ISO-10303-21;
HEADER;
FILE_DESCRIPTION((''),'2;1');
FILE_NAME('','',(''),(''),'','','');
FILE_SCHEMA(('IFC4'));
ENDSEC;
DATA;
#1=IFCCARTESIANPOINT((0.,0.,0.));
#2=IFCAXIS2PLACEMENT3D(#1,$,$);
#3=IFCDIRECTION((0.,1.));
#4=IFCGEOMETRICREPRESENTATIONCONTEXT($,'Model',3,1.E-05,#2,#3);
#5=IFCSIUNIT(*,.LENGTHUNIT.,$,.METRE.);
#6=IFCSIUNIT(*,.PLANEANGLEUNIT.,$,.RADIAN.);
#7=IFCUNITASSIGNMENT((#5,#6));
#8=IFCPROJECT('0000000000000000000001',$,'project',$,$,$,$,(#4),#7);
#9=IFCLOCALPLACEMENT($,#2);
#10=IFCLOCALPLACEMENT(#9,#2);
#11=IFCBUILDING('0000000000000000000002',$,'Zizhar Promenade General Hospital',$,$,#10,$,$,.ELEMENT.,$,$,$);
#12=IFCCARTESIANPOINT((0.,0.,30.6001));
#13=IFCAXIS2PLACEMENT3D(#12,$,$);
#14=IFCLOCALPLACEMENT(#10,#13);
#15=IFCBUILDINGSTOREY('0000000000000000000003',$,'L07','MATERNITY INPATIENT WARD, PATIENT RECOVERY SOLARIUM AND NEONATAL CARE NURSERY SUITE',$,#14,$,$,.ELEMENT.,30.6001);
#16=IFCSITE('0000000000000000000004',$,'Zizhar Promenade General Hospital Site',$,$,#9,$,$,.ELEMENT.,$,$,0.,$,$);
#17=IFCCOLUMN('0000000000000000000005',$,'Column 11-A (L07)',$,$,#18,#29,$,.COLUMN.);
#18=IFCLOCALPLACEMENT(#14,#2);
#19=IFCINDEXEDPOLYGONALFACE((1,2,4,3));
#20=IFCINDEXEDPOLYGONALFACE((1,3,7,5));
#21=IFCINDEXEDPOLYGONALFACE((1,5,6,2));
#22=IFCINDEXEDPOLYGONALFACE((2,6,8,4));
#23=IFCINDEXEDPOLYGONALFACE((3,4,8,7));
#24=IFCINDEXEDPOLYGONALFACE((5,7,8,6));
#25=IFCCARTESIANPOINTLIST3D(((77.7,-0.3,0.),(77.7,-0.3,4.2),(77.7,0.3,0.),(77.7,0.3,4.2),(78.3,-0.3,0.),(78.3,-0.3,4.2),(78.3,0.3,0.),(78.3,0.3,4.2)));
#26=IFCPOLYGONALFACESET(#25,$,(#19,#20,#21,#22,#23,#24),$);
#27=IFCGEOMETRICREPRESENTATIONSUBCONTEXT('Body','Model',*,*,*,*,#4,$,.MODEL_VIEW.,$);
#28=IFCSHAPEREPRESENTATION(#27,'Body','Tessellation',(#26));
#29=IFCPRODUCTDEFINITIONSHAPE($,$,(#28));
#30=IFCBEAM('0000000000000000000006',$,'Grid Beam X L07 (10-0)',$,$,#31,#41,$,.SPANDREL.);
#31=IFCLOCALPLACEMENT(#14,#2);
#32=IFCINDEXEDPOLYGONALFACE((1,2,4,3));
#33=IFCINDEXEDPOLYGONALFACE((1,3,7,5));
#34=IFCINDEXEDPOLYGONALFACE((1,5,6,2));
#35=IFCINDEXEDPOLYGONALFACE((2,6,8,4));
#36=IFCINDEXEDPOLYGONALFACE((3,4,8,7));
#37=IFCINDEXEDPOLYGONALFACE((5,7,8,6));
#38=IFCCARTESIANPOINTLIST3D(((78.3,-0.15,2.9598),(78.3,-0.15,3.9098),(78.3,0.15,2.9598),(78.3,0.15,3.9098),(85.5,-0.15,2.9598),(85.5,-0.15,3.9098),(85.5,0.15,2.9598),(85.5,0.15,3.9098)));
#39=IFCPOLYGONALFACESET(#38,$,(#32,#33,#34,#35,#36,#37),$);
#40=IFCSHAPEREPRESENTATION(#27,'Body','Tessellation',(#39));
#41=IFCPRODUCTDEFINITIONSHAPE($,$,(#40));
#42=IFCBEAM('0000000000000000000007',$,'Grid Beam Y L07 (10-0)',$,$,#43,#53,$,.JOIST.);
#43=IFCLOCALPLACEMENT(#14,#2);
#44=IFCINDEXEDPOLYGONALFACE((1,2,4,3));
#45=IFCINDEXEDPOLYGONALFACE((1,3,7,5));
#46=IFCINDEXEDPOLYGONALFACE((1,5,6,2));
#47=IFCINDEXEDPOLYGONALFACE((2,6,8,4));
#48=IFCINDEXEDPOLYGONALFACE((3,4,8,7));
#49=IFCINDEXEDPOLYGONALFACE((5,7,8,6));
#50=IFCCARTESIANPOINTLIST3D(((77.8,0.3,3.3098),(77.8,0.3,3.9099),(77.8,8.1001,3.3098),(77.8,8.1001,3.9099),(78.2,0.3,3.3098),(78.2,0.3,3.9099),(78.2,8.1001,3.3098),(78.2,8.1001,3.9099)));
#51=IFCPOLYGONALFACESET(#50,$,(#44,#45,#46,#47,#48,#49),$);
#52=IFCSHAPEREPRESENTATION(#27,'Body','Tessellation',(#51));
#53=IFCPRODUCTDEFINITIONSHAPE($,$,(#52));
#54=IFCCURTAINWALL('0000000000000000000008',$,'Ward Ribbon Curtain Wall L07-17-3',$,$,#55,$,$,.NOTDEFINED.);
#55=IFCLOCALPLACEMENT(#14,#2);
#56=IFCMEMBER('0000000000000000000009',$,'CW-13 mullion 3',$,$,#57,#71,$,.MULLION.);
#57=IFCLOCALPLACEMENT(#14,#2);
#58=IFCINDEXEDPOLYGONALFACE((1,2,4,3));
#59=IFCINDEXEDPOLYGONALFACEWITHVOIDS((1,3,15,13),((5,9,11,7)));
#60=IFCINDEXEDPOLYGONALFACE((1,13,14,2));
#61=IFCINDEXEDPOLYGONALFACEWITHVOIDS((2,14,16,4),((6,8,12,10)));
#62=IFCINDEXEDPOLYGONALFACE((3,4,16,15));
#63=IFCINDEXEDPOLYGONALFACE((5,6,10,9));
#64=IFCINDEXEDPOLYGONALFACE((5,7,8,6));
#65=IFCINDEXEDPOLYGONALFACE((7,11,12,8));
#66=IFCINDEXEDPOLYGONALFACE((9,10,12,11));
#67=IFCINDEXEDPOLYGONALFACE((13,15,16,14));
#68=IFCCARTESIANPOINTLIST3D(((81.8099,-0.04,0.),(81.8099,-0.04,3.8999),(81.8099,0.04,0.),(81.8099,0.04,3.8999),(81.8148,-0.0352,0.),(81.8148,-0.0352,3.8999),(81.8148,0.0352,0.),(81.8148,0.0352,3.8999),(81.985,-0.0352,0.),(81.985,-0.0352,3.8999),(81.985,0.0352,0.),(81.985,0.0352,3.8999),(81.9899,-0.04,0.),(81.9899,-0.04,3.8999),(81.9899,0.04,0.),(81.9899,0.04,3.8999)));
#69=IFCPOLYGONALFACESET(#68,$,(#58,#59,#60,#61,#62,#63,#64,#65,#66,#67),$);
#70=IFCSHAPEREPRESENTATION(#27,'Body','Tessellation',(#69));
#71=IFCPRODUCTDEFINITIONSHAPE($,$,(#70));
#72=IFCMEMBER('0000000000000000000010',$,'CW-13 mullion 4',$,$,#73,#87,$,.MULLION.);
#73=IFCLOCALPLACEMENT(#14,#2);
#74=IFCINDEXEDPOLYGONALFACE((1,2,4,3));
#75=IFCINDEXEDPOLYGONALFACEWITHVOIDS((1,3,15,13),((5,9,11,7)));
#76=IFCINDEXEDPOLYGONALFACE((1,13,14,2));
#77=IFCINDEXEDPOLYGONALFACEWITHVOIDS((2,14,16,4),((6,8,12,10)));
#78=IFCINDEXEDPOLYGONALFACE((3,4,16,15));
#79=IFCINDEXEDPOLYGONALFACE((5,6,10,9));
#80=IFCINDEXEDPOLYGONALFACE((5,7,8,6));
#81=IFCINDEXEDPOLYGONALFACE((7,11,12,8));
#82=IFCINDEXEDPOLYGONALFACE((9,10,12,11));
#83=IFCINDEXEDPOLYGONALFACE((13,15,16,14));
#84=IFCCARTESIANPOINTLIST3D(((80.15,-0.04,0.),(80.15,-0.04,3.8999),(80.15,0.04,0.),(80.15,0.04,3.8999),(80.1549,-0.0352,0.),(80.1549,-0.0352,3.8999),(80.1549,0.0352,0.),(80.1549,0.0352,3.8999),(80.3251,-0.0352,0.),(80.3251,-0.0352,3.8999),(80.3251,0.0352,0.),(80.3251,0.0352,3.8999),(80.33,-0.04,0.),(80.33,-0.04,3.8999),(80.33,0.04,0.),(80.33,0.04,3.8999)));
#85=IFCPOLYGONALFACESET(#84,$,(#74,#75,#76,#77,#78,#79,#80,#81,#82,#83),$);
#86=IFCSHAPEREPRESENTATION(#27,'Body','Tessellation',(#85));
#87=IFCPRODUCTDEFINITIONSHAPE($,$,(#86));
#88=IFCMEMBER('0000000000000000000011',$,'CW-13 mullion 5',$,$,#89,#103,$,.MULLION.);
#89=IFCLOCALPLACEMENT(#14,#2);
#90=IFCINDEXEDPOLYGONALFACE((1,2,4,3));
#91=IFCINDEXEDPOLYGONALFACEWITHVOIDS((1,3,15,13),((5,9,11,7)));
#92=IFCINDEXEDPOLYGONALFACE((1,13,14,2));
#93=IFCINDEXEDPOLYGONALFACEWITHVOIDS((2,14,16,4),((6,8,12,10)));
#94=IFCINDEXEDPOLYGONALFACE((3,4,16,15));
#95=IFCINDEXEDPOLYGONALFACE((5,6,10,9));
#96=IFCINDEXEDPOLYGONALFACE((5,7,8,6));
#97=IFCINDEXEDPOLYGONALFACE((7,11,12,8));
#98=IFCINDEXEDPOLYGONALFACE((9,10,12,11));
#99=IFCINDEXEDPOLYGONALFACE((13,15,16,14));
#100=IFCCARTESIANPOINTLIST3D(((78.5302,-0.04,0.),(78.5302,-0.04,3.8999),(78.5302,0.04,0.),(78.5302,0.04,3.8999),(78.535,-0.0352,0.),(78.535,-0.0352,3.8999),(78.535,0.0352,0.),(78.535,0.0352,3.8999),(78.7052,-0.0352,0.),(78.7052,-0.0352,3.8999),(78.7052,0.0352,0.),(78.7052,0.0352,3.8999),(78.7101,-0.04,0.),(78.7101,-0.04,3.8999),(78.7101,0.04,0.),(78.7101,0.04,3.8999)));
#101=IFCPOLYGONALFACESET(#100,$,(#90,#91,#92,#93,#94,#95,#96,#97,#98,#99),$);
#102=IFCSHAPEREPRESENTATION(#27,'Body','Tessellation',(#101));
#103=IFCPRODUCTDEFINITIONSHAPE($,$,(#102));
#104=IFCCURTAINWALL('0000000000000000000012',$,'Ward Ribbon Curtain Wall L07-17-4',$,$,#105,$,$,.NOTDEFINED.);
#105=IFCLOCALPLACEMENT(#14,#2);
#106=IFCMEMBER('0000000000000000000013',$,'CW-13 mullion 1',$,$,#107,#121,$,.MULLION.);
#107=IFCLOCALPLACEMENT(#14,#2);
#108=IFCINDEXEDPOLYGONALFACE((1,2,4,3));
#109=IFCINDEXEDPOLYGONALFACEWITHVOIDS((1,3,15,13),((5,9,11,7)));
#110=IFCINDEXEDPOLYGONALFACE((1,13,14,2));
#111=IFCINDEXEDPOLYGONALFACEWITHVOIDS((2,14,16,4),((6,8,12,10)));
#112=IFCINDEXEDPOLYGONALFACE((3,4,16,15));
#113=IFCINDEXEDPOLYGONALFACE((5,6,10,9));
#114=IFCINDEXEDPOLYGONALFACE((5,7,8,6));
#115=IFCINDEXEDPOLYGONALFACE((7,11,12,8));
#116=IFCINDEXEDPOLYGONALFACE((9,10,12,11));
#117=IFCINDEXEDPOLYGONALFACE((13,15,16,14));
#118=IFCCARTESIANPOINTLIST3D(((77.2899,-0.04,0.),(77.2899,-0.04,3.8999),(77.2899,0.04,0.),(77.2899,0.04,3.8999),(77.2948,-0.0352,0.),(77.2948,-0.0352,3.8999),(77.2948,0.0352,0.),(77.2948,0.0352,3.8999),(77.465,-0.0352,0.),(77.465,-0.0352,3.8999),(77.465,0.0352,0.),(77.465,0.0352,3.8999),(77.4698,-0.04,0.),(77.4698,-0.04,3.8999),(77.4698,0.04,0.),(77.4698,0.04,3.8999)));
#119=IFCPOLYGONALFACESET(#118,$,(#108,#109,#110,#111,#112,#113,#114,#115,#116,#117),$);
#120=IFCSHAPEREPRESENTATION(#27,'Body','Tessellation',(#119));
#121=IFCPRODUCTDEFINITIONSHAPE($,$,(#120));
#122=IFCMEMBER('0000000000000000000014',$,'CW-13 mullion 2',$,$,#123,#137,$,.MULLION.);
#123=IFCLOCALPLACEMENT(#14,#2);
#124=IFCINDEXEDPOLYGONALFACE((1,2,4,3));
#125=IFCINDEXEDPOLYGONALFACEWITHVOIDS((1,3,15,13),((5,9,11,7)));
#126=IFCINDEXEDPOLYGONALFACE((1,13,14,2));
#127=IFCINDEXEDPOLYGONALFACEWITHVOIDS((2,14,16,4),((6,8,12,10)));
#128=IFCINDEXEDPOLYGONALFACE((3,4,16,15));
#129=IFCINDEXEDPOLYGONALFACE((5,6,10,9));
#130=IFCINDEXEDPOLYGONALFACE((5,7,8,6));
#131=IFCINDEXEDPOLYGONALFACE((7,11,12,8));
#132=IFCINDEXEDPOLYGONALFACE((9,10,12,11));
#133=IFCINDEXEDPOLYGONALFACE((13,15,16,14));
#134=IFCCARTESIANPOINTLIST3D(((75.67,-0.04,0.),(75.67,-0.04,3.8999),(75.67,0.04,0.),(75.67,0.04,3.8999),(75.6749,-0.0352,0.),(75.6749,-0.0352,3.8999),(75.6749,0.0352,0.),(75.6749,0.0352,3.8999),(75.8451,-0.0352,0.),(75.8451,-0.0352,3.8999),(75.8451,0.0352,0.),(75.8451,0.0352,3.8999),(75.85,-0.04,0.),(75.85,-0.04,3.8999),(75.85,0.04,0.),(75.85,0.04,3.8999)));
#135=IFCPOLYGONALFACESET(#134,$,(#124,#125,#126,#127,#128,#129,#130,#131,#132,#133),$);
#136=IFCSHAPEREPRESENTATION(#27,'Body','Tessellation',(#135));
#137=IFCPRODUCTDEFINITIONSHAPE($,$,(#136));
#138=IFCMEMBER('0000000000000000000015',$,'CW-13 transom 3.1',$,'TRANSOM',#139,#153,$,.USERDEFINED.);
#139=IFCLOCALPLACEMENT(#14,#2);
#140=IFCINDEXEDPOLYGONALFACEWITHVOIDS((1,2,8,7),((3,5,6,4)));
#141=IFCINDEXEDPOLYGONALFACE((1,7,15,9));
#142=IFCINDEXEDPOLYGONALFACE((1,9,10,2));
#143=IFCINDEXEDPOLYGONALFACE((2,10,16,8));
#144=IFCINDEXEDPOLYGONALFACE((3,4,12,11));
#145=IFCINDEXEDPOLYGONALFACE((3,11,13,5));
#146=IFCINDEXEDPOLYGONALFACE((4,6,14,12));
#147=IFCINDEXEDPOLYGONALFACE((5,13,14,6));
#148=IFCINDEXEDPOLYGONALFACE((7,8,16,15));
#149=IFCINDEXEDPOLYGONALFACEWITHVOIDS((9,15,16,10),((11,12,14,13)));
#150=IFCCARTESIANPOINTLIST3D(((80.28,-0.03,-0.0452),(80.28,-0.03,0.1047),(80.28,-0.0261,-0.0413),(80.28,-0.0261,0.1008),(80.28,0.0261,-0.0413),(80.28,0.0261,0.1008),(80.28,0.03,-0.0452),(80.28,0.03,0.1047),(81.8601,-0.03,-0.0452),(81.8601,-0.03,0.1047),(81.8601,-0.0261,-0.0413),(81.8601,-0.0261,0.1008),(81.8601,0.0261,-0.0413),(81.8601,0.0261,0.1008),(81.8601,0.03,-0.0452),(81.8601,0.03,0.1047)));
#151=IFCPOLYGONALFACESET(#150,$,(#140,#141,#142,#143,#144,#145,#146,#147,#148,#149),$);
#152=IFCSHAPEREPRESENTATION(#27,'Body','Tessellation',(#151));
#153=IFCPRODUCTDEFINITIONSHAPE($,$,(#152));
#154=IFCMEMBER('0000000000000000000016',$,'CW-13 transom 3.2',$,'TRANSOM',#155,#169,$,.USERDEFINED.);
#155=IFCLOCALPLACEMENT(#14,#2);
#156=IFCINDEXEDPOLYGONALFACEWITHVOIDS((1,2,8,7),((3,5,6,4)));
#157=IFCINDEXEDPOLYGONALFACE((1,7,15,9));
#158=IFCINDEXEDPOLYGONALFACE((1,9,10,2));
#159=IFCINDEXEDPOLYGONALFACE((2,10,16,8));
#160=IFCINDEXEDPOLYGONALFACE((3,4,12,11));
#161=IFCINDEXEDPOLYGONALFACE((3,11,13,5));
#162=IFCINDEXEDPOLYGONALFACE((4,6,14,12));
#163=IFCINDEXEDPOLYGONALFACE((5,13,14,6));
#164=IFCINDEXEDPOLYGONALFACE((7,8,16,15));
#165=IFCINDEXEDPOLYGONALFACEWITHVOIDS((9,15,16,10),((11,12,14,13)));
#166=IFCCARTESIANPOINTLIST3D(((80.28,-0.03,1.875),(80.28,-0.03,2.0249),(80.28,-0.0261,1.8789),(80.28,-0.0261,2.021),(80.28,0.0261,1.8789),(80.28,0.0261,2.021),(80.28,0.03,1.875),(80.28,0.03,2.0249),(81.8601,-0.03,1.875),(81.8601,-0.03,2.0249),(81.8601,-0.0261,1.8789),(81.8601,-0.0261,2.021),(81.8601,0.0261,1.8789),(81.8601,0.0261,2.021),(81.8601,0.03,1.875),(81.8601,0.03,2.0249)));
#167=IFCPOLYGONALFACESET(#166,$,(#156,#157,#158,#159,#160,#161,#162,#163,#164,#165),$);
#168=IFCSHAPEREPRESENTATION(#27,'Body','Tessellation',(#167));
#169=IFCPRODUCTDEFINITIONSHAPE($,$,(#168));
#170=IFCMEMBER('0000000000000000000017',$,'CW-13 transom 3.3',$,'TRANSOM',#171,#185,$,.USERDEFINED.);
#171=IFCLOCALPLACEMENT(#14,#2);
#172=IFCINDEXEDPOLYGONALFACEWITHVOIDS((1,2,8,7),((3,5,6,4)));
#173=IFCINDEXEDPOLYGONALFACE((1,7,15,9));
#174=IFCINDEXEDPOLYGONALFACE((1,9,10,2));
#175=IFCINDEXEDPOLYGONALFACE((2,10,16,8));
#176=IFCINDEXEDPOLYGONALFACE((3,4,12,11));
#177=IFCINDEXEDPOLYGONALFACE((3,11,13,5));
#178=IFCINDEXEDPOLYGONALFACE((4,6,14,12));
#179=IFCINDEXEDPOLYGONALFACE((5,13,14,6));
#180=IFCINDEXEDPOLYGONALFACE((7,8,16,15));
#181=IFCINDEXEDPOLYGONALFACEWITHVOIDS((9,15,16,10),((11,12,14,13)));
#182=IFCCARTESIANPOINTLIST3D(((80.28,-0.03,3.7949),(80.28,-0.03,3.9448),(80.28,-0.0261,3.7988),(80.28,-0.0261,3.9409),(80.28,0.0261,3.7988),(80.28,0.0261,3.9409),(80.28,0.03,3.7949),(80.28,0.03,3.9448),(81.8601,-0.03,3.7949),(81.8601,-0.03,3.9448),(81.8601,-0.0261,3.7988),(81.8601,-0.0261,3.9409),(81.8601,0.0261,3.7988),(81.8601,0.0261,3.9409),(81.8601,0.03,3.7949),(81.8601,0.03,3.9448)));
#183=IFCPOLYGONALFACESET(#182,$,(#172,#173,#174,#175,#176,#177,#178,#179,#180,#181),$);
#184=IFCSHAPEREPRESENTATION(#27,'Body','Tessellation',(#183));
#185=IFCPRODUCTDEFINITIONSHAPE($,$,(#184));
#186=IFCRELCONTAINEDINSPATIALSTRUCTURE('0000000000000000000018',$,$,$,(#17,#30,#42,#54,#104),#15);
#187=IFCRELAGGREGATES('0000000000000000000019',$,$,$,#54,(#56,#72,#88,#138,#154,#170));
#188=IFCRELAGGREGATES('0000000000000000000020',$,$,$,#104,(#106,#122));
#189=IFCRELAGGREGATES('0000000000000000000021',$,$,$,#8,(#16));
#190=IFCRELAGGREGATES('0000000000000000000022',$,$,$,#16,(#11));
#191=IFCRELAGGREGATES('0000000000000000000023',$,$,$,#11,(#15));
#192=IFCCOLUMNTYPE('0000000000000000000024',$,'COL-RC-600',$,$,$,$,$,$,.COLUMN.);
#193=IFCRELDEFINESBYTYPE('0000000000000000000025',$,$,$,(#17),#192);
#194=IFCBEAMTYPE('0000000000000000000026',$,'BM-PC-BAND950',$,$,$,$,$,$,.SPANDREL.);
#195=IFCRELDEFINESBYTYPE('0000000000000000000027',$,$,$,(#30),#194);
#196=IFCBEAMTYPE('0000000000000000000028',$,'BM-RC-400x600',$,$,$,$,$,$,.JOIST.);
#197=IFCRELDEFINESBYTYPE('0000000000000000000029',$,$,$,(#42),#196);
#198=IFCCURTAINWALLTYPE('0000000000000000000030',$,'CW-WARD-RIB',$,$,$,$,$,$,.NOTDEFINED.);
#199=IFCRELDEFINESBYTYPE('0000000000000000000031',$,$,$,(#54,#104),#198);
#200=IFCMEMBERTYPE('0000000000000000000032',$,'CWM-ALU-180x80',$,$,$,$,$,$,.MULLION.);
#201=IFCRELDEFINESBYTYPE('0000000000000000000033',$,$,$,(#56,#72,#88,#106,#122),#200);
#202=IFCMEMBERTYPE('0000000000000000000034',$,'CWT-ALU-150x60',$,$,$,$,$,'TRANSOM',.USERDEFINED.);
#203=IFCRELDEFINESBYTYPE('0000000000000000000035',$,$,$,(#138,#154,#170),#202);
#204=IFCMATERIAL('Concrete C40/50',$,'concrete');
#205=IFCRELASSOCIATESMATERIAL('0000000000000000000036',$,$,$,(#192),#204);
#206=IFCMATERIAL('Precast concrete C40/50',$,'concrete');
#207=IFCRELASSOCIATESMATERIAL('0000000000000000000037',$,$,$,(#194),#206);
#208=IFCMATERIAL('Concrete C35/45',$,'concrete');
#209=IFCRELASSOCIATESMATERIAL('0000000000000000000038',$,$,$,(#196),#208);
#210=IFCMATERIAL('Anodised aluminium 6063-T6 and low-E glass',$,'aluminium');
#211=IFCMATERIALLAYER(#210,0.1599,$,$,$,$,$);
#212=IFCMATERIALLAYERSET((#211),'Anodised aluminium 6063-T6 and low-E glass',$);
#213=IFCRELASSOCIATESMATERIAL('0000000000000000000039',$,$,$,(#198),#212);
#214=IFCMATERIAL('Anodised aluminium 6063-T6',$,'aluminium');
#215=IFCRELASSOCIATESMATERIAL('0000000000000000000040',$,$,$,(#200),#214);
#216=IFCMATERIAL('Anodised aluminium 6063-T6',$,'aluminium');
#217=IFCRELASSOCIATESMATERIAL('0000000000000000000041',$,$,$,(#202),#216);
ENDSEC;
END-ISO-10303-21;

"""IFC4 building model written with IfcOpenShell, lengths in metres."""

from ifc_helpers import new_model, si_unit, direction, frame, origin, origin_2d, place, context, subcontext, project, spatial, rectangle, hollow_rectangle, extrude, material, layer, layer_set, material_profile, profile_set, type_object, element, aggregate, save


model = new_model("IFC4")

# Units and contexts
model_context = context("Model", 3, precision=1e-05, world=origin(), true_north=direction((0.0, 1.0)))
body_context = subcontext(model_context, "Body", "Model", "MODEL_VIEW")
ifc_project = project(units=[si_unit("LENGTHUNIT", "METRE"), si_unit("PLANEANGLEUNIT", "RADIAN")], contexts=[model_context])

# Site, building, storey
site_placement = place(None, origin())
site = spatial("IfcSite", under=ifc_project, at=site_placement, Name="Zizhar Promenade General Hospital Site", CompositionType="ELEMENT", RefElevation=0.0)
building_placement = place(site_placement, origin())
building = spatial("IfcBuilding", under=site, at=building_placement, Name="Zizhar Promenade General Hospital", CompositionType="ELEMENT")
storey_placement = place(building_placement, frame((0.0, 0.0, 30.6001)))
storey = spatial("IfcBuildingStorey", under=building, at=storey_placement, Name="L07", Description="MATERNITY INPATIENT WARD, PATIENT RECOVERY SOLARIUM AND NEONATAL CARE NURSERY SUITE", CompositionType="ELEMENT", Elevation=30.6001)

# Column
ifc_material_1 = material(Name="Concrete C40/50", Category="concrete")
ifc_material_profile_1 = material_profile(ifc_material_1, rectangle(XDim=0.6001, YDim=0.6001, at=origin_2d()))
ifc_profile_set_1 = profile_set([ifc_material_profile_1], Name="Concrete C40/50")
column_type = type_object("IfcColumnType", Name="COL-RC-600", PredefinedType="COLUMN", material=ifc_profile_set_1)
column_placement = place(storey_placement, frame((78.0, 0.0, 0.0), z_axis=(0.0, 0.0, 1.0), x_axis=(1.0, 0.0, 0.0)))
element("IfcColumn", 1, at=column_placement, inside=storey, type_object=column_type, Name="Column 11-A (L07)", PredefinedType="COLUMN", context=body_context, shape_type="SweptSolid", body=[
    extrude(rectangle(XDim=0.6001, YDim=0.6001, at=origin_2d()), origin(), (0.0, 0.0, 1.0), 4.2),
])

# Beams
ifc_material_2 = material(Name="Precast concrete C40/50", Category="concrete")
ifc_material_profile_2 = material_profile(ifc_material_2, rectangle(XDim=0.3, YDim=0.95, at=origin_2d()))
ifc_profile_set_2 = profile_set([ifc_material_profile_2], Name="Precast concrete C40/50")
beam_type_1 = type_object("IfcBeamType", Name="BM-PC-BAND950", PredefinedType="SPANDREL", material=ifc_profile_set_2)
beam_1_placement = place(storey_placement, frame((78.3, 0.0, 3.4348), z_axis=(1.0, 0.0, 0.0), x_axis=(0.0, 1.0, 0.0)))
element("IfcBeam", 2, at=beam_1_placement, inside=storey, type_object=beam_type_1, Name="Grid Beam X L07 (10-0)", PredefinedType="SPANDREL", context=body_context, shape_type="SweptSolid", body=[
    extrude(rectangle(XDim=0.3, YDim=0.95, at=origin_2d()), origin(), (0.0, 0.0, 1.0), 7.2),
])
ifc_material_3 = material(Name="Concrete C35/45", Category="concrete")
ifc_material_profile_3 = material_profile(ifc_material_3, rectangle(XDim=0.3999, YDim=0.6001, at=origin_2d()))
ifc_profile_set_3 = profile_set([ifc_material_profile_3], Name="Concrete C35/45")
beam_type_2 = type_object("IfcBeamType", Name="BM-RC-400x600", PredefinedType="JOIST", material=ifc_profile_set_3)
beam_2_placement = place(storey_placement, frame((78.0, 0.3, 3.6099), z_axis=(0.0, 1.0, 0.0), x_axis=(-1.0, 0.0, 0.0)))
element("IfcBeam", 3, at=beam_2_placement, inside=storey, type_object=beam_type_2, Name="Grid Beam Y L07 (10-0)", PredefinedType="JOIST", context=body_context, shape_type="SweptSolid", body=[
    extrude(rectangle(XDim=0.3999, YDim=0.6001, at=origin_2d()), origin(), (0.0, 0.0, 1.0), 7.8),
])

# Curtain walls, members
ifc_material_4 = material(Name="Anodised aluminium 6063-T6 and low-E glass", Category="aluminium")
ifc_layer_1 = layer(ifc_material_4, 0.1599)
ifc_layer_set_1 = layer_set([ifc_layer_1], Name="Anodised aluminium 6063-T6 and low-E glass")
curtain_wall_type = type_object("IfcCurtainWallType", Name="CW-WARD-RIB", PredefinedType="NOTDEFINED", material=ifc_layer_set_1)
curtain_wall_1_placement = place(storey_placement, origin())
curtain_wall_1 = element("IfcCurtainWall", 4, at=curtain_wall_1_placement, inside=storey, type_object=curtain_wall_type, Name="Ward Ribbon Curtain Wall L07-17-3", PredefinedType="NOTDEFINED")
ifc_material_5 = material(Name="Anodised aluminium 6063-T6", Category="aluminium")
ifc_material_profile_4 = material_profile(ifc_material_5, hollow_rectangle(XDim=0.0801, YDim=0.1799, WallThickness=0.0049, at=origin_2d()))
ifc_profile_set_4 = profile_set([ifc_material_profile_4], Name="Anodised aluminium 6063-T6")
member_type_1 = type_object("IfcMemberType", Name="CWM-ALU-180x80", PredefinedType="MULLION", material=ifc_profile_set_4)
member_1_placement = place(storey_placement, frame((81.8999, 0.0, 0.0), z_axis=(0.0, 0.0, 1.0), x_axis=(0.0, -1.0, 0.0)))
member_1 = element("IfcMember", 5, at=member_1_placement, type_object=member_type_1, Name="CW-13 mullion 3", PredefinedType="MULLION", context=body_context, shape_type="SweptSolid", body=[
    extrude(hollow_rectangle(XDim=0.0801, YDim=0.1799, WallThickness=0.0049, at=origin_2d()), origin(), (0.0, 0.0, 1.0), 3.8999),
])
member_2_placement = place(storey_placement, frame((80.24, 0.0, 0.0), z_axis=(0.0, 0.0, 1.0), x_axis=(0.0, -1.0, 0.0)))
member_2 = element("IfcMember", 6, at=member_2_placement, type_object=member_type_1, Name="CW-13 mullion 4", PredefinedType="MULLION", context=body_context, shape_type="SweptSolid", body=[
    extrude(hollow_rectangle(XDim=0.0801, YDim=0.1799, WallThickness=0.0049, at=origin_2d()), origin(), (0.0, 0.0, 1.0), 3.8999),
])
member_3_placement = place(storey_placement, frame((78.6201, 0.0, 0.0), z_axis=(0.0, 0.0, 1.0), x_axis=(0.0, -1.0, 0.0)))
member_3 = element("IfcMember", 7, at=member_3_placement, type_object=member_type_1, Name="CW-13 mullion 5", PredefinedType="MULLION", context=body_context, shape_type="SweptSolid", body=[
    extrude(hollow_rectangle(XDim=0.0801, YDim=0.1799, WallThickness=0.0049, at=origin_2d()), origin(), (0.0, 0.0, 1.0), 3.8999),
])
curtain_wall_2_placement = place(storey_placement, origin())
curtain_wall_2 = element("IfcCurtainWall", 8, at=curtain_wall_2_placement, inside=storey, type_object=curtain_wall_type, Name="Ward Ribbon Curtain Wall L07-17-4", PredefinedType="NOTDEFINED")
member_4_placement = place(storey_placement, frame((77.3799, 0.0, 0.0), z_axis=(0.0, 0.0, 1.0), x_axis=(0.0, -1.0, 0.0)))
member_4 = element("IfcMember", 9, at=member_4_placement, type_object=member_type_1, Name="CW-13 mullion 1", PredefinedType="MULLION", context=body_context, shape_type="SweptSolid", body=[
    extrude(hollow_rectangle(XDim=0.0801, YDim=0.1799, WallThickness=0.0049, at=origin_2d()), origin(), (0.0, 0.0, 1.0), 3.8999),
])
member_5_placement = place(storey_placement, frame((75.76, 0.0, 0.0), z_axis=(0.0, 0.0, 1.0), x_axis=(0.0, -1.0, 0.0)))
member_5 = element("IfcMember", 10, at=member_5_placement, type_object=member_type_1, Name="CW-13 mullion 2", PredefinedType="MULLION", context=body_context, shape_type="SweptSolid", body=[
    extrude(hollow_rectangle(XDim=0.0801, YDim=0.1799, WallThickness=0.0049, at=origin_2d()), origin(), (0.0, 0.0, 1.0), 3.8999),
])

# Members
ifc_material_6 = material(Name="Anodised aluminium 6063-T6", Category="aluminium")
ifc_material_profile_5 = material_profile(ifc_material_6, hollow_rectangle(XDim=0.0601, YDim=0.1499, WallThickness=0.0039, at=origin_2d()))
ifc_profile_set_5 = profile_set([ifc_material_profile_5], Name="Anodised aluminium 6063-T6")
member_type_2 = type_object("IfcMemberType", Name="CWT-ALU-150x60", ElementType="TRANSOM", PredefinedType="USERDEFINED", material=ifc_profile_set_5)
member_6_placement = place(storey_placement, frame((81.8601, 0.0, 0.0298), z_axis=(-1.0, 0.0, 0.0), x_axis=(0.0, -1.0, 0.0)))
member_6 = element("IfcMember", 11, at=member_6_placement, type_object=member_type_2, Name="CW-13 transom 3.1", ObjectType="TRANSOM", PredefinedType="USERDEFINED", context=body_context, shape_type="SweptSolid", body=[
    extrude(hollow_rectangle(XDim=0.0601, YDim=0.1499, WallThickness=0.0039, at=origin_2d()), origin(), (0.0, 0.0, 1.0), 1.5801),
])
member_7_placement = place(storey_placement, frame((81.8601, 0.0, 1.95), z_axis=(-1.0, 0.0, 0.0), x_axis=(0.0, -1.0, 0.0)))
member_7 = element("IfcMember", 12, at=member_7_placement, type_object=member_type_2, Name="CW-13 transom 3.2", ObjectType="TRANSOM", PredefinedType="USERDEFINED", context=body_context, shape_type="SweptSolid", body=[
    extrude(hollow_rectangle(XDim=0.0601, YDim=0.1499, WallThickness=0.0039, at=origin_2d()), origin(), (0.0, 0.0, 1.0), 1.5801),
])
member_8_placement = place(storey_placement, frame((81.8601, 0.0, 3.8699), z_axis=(-1.0, 0.0, 0.0), x_axis=(0.0, -1.0, 0.0)))
member_8 = element("IfcMember", 13, at=member_8_placement, type_object=member_type_2, Name="CW-13 transom 3.3", ObjectType="TRANSOM", PredefinedType="USERDEFINED", context=body_context, shape_type="SweptSolid", body=[
    extrude(hollow_rectangle(XDim=0.0601, YDim=0.1499, WallThickness=0.0039, at=origin_2d()), origin(), (0.0, 0.0, 1.0), 1.5801),
])

aggregate(curtain_wall_1, [member_1, member_2, member_3, member_6, member_7, member_8])
aggregate(curtain_wall_2, [member_4, member_5])

save(model, "model.ifc")
